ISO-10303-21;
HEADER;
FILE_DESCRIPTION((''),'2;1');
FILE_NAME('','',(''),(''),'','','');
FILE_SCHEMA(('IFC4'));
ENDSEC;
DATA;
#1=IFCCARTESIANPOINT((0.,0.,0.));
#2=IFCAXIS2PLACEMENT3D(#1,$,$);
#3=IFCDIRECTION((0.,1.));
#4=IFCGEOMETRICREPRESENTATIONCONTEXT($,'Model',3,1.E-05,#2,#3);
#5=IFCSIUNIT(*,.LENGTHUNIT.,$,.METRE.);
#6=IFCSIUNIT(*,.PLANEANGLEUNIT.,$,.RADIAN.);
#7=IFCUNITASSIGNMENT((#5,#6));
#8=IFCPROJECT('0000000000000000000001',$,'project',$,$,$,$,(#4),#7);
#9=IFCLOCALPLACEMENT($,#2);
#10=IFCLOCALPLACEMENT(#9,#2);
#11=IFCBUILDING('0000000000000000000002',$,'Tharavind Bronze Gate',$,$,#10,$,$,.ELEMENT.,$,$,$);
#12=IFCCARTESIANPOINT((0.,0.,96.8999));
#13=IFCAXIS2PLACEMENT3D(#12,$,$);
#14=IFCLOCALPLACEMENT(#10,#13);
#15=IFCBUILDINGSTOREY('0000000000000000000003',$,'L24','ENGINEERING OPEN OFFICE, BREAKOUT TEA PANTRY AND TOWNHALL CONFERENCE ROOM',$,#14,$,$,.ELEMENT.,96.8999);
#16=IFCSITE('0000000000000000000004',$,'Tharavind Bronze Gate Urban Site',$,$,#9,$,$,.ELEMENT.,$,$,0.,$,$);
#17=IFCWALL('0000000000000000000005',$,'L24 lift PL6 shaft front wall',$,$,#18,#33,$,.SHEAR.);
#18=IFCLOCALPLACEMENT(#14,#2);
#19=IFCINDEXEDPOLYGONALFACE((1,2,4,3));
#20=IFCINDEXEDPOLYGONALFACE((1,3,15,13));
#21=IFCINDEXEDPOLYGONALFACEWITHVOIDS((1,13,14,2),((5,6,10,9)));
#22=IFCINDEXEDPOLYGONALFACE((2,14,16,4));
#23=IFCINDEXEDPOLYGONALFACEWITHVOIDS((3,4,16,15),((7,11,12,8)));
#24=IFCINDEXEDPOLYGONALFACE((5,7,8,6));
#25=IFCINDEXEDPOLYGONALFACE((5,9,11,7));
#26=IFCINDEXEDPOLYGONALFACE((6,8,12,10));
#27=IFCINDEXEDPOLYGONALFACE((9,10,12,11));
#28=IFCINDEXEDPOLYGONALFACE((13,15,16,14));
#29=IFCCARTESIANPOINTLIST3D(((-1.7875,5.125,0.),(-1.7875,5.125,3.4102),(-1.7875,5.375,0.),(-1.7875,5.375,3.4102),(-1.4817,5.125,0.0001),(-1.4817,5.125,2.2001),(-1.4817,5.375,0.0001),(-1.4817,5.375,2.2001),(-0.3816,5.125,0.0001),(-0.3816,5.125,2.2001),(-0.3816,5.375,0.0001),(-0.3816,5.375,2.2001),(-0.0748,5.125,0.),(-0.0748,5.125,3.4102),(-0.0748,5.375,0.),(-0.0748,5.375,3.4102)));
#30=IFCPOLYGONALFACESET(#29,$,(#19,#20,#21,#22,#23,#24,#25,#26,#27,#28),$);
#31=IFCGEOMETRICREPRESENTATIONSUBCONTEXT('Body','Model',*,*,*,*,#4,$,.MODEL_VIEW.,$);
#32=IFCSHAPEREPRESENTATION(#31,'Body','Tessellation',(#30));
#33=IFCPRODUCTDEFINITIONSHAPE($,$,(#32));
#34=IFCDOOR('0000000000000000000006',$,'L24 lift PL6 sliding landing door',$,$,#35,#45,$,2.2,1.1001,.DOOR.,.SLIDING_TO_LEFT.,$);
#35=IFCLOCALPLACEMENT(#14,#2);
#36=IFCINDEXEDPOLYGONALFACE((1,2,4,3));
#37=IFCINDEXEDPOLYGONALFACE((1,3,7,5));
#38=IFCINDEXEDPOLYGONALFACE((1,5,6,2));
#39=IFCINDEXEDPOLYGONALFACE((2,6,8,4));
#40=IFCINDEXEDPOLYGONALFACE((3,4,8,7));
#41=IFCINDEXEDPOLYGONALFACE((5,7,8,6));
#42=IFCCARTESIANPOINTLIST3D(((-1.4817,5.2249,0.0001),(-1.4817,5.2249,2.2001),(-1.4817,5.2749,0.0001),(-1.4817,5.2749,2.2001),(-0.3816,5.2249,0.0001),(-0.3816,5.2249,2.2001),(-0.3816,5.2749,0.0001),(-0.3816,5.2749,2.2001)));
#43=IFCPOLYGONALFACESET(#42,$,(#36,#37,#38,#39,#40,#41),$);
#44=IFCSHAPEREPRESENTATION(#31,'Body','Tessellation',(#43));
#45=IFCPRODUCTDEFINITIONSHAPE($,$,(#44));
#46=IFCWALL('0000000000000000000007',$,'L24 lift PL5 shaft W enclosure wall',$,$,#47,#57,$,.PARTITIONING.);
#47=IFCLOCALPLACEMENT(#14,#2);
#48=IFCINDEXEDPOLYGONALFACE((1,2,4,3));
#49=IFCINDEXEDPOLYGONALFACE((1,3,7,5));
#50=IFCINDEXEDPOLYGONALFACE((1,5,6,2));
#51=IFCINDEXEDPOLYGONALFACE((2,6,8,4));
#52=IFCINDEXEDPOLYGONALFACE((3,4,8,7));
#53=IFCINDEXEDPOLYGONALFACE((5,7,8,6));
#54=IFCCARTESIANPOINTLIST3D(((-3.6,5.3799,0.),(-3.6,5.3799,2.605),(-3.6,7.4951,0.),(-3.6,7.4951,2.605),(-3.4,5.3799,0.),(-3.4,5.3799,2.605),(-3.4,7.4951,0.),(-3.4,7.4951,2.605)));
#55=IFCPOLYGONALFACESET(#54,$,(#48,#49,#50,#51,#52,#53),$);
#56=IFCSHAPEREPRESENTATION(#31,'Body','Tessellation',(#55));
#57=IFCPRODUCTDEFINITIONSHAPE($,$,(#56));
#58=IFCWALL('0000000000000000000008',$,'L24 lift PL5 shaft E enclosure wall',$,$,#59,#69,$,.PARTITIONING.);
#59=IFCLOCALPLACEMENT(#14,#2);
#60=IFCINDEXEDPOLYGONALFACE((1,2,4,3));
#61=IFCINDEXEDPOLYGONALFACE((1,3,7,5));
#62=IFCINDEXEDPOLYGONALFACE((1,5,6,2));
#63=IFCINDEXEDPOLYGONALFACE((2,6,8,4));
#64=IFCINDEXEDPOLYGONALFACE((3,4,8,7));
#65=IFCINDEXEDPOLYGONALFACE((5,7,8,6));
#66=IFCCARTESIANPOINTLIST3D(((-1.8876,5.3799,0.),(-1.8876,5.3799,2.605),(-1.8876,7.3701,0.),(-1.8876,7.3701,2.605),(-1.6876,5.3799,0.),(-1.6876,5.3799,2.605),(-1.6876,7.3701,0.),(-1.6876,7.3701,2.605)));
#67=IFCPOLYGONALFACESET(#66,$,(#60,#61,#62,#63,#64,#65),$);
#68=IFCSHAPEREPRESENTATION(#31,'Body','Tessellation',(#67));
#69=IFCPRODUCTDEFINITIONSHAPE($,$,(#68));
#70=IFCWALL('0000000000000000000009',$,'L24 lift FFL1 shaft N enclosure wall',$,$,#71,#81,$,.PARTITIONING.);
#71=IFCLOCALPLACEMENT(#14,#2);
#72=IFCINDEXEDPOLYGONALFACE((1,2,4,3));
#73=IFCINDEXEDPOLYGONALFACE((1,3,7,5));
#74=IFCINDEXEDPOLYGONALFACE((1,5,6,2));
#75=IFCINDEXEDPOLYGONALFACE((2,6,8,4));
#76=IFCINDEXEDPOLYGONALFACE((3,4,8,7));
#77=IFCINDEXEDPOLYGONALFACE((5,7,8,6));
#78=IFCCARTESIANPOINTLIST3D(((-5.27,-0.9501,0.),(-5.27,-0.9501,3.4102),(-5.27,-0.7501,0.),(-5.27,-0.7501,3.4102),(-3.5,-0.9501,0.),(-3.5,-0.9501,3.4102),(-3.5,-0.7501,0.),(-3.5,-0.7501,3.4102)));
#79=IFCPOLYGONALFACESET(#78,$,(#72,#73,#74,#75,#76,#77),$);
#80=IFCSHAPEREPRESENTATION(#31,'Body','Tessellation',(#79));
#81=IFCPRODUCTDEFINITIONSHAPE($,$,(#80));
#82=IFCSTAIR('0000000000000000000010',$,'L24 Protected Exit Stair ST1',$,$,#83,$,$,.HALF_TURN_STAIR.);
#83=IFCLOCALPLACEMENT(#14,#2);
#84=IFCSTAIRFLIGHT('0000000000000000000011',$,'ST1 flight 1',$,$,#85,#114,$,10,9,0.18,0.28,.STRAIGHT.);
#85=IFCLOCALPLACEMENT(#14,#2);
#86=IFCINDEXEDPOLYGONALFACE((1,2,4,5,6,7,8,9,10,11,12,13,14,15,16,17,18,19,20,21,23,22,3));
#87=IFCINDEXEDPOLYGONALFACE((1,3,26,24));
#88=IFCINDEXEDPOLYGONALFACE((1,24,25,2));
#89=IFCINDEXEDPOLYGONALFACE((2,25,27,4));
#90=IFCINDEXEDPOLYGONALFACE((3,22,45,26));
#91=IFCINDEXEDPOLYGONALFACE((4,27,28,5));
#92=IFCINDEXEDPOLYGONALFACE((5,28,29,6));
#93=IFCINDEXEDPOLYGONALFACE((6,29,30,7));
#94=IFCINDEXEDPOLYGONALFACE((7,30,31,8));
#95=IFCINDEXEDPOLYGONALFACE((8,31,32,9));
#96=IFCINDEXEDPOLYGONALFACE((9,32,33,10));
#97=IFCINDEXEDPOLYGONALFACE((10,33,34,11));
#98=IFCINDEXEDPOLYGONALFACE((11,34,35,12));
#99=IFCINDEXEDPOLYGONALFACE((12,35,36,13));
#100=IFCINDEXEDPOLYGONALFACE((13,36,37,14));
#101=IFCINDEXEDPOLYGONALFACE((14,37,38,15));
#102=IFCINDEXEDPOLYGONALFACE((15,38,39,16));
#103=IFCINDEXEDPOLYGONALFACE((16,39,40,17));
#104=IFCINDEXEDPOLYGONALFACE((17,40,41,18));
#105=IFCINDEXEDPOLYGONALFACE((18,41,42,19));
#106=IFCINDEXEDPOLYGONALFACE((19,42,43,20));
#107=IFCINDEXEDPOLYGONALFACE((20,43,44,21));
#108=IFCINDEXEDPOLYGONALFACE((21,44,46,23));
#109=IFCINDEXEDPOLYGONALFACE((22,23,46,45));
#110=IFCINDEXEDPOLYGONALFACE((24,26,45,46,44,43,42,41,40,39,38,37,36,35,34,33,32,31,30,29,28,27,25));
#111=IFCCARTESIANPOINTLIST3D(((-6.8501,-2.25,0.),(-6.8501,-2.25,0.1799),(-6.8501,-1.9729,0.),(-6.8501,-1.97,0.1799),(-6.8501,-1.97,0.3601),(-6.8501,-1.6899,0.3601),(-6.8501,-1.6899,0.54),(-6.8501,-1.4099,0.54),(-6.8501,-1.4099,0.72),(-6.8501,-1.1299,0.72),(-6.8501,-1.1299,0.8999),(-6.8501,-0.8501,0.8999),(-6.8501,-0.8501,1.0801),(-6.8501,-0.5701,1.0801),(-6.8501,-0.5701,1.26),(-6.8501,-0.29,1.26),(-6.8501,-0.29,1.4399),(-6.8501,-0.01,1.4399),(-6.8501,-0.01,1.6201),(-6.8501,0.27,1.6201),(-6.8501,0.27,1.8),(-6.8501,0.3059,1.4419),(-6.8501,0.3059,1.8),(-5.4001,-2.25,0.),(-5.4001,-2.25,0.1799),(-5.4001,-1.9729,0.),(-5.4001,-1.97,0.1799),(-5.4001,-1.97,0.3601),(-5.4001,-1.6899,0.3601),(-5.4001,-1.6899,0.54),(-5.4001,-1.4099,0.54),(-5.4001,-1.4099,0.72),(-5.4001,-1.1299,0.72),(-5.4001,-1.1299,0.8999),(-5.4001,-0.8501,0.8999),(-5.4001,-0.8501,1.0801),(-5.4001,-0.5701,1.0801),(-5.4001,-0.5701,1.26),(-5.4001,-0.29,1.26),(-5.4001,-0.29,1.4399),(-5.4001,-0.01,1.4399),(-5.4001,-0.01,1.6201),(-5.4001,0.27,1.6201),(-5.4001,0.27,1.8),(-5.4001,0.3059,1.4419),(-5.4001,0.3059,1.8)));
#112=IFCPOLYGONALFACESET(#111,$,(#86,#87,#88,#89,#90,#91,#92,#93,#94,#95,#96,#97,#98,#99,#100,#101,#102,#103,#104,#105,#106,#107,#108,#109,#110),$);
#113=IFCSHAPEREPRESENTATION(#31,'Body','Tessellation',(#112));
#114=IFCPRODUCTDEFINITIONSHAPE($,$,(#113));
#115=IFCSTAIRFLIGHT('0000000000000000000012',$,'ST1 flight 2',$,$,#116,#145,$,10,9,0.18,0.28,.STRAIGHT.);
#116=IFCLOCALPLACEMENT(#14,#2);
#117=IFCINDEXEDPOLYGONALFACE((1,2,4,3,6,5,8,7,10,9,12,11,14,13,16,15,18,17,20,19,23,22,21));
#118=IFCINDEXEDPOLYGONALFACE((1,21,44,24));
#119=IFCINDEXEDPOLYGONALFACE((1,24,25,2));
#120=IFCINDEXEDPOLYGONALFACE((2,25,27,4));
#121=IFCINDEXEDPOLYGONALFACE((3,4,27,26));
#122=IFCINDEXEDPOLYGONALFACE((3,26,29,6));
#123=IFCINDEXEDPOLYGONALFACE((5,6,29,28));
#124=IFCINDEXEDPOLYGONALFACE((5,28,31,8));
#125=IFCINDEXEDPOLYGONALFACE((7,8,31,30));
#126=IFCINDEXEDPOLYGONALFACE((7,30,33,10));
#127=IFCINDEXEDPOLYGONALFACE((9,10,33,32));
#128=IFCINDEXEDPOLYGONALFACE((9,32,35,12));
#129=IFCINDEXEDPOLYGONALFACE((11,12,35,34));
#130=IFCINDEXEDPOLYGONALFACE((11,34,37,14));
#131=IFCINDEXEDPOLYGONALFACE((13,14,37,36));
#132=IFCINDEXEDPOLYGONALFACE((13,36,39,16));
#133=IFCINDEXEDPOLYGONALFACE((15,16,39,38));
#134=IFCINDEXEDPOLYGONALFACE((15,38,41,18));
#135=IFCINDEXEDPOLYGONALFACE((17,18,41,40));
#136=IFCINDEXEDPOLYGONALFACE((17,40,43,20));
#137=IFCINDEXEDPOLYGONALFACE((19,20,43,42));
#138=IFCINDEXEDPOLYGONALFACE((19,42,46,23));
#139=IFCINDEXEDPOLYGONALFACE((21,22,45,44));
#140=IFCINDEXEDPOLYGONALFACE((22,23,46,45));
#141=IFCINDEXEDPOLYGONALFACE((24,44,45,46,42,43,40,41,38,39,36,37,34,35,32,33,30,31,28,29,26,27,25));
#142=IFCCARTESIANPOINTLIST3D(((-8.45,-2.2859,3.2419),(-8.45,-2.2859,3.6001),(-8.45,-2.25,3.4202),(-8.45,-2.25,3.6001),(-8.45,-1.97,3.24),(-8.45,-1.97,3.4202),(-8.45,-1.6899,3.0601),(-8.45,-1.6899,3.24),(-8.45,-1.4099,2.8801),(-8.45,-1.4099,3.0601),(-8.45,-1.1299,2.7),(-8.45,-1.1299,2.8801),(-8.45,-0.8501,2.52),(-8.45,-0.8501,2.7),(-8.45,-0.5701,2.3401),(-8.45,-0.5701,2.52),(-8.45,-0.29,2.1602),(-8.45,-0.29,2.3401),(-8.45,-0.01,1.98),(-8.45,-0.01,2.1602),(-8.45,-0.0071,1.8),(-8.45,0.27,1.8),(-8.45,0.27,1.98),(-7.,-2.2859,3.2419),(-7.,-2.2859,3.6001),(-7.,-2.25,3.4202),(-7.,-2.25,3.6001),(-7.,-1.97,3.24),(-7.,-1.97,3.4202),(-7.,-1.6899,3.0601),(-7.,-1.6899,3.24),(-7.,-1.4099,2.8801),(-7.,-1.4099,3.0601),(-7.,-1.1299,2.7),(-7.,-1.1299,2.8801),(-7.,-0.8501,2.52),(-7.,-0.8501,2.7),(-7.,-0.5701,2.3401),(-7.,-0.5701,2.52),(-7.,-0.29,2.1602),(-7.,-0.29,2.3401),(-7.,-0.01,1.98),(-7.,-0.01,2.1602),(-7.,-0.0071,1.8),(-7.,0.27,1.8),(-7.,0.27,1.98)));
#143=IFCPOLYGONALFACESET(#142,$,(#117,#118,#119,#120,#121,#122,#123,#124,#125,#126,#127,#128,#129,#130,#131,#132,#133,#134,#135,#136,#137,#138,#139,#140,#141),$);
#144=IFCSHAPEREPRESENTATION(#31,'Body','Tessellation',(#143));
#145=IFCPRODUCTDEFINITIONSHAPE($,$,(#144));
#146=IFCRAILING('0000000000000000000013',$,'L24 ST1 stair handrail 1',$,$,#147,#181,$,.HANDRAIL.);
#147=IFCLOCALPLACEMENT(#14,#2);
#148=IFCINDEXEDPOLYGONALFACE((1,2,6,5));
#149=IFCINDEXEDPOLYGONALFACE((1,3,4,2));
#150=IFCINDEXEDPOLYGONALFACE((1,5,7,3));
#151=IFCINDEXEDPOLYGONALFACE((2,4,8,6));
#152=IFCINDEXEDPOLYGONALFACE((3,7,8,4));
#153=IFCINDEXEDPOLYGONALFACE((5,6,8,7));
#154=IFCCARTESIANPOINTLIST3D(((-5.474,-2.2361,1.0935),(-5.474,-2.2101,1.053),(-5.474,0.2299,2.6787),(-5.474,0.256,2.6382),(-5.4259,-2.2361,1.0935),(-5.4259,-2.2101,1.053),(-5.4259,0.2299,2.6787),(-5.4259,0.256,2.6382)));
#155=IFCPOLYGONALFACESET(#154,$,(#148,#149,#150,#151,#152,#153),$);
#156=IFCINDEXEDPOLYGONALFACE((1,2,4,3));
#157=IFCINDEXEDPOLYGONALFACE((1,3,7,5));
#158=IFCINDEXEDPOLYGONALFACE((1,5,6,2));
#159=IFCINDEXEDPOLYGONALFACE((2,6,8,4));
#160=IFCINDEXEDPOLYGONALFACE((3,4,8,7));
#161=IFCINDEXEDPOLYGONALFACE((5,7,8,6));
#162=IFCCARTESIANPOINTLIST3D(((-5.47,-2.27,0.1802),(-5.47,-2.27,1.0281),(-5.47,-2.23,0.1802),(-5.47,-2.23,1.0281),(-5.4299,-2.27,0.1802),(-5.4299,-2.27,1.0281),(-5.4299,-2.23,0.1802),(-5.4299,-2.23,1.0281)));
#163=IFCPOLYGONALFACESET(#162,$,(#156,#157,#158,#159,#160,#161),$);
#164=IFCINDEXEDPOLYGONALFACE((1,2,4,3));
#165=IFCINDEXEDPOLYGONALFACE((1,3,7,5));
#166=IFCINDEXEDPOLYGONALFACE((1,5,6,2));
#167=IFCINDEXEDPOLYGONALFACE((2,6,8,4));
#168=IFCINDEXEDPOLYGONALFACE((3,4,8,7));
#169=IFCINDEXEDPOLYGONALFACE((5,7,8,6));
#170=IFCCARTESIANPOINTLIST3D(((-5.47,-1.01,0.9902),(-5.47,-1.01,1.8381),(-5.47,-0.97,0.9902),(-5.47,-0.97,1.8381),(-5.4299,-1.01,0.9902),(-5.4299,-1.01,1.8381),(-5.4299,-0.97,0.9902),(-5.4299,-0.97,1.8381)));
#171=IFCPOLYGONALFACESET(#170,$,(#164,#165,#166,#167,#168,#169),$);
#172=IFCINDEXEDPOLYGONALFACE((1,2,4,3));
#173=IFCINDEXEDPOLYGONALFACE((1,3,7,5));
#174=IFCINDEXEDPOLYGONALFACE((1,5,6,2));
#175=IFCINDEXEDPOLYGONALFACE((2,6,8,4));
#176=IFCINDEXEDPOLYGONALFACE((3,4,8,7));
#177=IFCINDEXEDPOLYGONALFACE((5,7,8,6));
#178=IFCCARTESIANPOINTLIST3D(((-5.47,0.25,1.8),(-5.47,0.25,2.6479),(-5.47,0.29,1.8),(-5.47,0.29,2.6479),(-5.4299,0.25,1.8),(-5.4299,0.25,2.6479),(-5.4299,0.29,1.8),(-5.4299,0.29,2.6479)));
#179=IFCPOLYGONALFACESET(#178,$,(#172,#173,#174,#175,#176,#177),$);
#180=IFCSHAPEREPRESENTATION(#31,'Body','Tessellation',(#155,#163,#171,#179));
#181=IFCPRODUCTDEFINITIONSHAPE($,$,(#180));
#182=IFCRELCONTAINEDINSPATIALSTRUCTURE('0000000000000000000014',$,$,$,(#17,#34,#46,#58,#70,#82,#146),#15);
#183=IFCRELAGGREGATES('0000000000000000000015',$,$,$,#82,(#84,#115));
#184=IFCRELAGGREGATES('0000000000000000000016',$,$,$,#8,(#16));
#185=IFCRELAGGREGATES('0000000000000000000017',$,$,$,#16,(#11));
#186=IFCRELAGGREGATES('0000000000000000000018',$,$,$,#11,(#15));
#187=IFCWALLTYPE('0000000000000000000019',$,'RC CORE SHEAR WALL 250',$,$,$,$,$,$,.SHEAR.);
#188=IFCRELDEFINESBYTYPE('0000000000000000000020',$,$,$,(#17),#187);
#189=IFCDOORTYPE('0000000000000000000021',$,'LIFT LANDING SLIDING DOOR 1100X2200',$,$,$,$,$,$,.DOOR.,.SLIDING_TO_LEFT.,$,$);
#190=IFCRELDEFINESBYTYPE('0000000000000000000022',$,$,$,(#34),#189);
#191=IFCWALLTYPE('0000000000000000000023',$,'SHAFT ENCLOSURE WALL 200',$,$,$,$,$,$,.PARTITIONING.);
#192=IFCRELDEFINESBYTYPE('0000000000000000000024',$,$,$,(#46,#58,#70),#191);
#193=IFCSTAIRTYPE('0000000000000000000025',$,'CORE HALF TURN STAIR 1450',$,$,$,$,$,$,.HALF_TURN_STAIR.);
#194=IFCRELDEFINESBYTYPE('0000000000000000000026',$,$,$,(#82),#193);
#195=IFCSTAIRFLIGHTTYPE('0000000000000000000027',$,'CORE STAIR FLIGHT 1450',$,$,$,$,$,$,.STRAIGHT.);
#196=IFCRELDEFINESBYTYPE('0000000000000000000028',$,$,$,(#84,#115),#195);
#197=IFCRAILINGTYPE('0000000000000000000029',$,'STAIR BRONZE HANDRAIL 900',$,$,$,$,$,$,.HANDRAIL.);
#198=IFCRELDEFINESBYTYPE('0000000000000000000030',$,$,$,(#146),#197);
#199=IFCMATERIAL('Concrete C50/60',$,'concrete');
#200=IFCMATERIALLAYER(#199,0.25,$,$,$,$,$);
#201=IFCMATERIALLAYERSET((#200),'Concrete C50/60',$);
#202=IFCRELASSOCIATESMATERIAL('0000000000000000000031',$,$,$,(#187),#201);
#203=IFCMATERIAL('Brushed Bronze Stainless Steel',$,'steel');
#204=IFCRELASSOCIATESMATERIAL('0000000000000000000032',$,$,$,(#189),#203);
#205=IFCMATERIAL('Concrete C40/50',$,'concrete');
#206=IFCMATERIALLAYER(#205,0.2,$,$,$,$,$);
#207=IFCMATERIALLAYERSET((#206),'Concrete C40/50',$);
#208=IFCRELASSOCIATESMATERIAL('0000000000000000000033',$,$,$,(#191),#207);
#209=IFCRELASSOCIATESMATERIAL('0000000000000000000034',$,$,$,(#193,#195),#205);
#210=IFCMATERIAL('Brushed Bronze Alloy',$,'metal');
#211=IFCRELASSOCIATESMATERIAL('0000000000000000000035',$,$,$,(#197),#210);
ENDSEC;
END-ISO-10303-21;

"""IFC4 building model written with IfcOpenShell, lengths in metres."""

from ifc_helpers import new_model, si_unit, direction, frame, frame_2d, origin, origin_2d, place, context, subcontext, project, spatial, polyline, rectangle, outline, extrude, material, layer, layer_set, type_object, element, fill, aggregate, save


model = new_model("IFC4")

# Units and contexts
model_context = context("Model", 3, precision=1e-05, world=origin(), true_north=direction((0.0, 1.0)))
body_context = subcontext(model_context, "Body", "Model", "MODEL_VIEW")
ifc_project = project(units=[si_unit("LENGTHUNIT", "METRE"), si_unit("PLANEANGLEUNIT", "RADIAN")], contexts=[model_context])

# Site, building, storey
site_placement = place(None, origin())
site = spatial("IfcSite", under=ifc_project, at=site_placement, Name="Tharavind Bronze Gate Urban Site", CompositionType="ELEMENT", RefElevation=0.0)
building_placement = place(site_placement, origin())
building = spatial("IfcBuilding", under=site, at=building_placement, Name="Tharavind Bronze Gate", CompositionType="ELEMENT")
storey_placement = place(building_placement, frame((0.0, 0.0, 96.8999)))
storey = spatial("IfcBuildingStorey", under=building, at=storey_placement, Name="L24", Description="ENGINEERING OPEN OFFICE, BREAKOUT TEA PANTRY AND TOWNHALL CONFERENCE ROOM", CompositionType="ELEMENT", Elevation=96.8999)

# Shared definitions
ifc_material_1 = material(Name="Concrete C50/60", Category="concrete")
ifc_layer_1 = layer(ifc_material_1, 0.25)
ifc_layer_set_1 = layer_set([ifc_layer_1], Name="Concrete C50/60")
wall_type_1 = type_object("IfcWallType", Name="RC CORE SHEAR WALL 250", PredefinedType="SHEAR", material=ifc_layer_set_1)

# Wall, opening, door
ifc_material_2 = material(Name="Brushed Bronze Stainless Steel", Category="steel")
door_type_1 = type_object("IfcDoorType", Name="LIFT LANDING SLIDING DOOR 1100X2200", OperationType="SLIDING_TO_LEFT", PredefinedType="DOOR", material=ifc_material_2)
wall_1_placement = place(storey_placement, frame((-1.7876, 5.25, 0.0), z_axis=(0.0, 0.0, 1.0), x_axis=(1.0, 0.0, 0.0)))
wall_1 = element("IfcWall", 1, at=wall_1_placement, inside=storey, type_object=wall_type_1, Name="L24 lift PL6 shaft front wall", PredefinedType="SHEAR", context=body_context, shape_type="SweptSolid", body=[
    extrude(rectangle(XDim=1.7126, YDim=0.25, at=frame_2d((0.8564, 0.0))), origin(), (0.0, 0.0, 1.0), 3.4102),
])
opening_1_placement = place(wall_1_placement, frame((0.3059, 0.0, 0.0)))
opening_1 = element("IfcOpeningElement", 2, at=opening_1_placement, cuts=wall_1, PredefinedType="OPENING", context=body_context, shape_type="SweptSolid", body=[
    extrude(rectangle(XDim=1.1001, YDim=2.2, at=frame_2d((0.55, 1.1001))), frame((0.0, 0.135, 0.0), z_axis=(0.0, -1.0, 0.0), x_axis=(1.0, 0.0, 0.0)), (0.0, 0.0, 1.0), 0.27),
])
door_1_placement = place(opening_1_placement, origin())
door_1 = element("IfcDoor", 3, at=door_1_placement, inside=storey, type_object=door_type_1, Name="L24 lift PL6 sliding landing door", OperationType="SLIDING_TO_LEFT", OverallHeight=2.2, OverallWidth=1.1001, PredefinedType="DOOR", context=body_context, shape_type="SweptSolid", body=[
    extrude(rectangle(XDim=1.1001, YDim=2.2, at=frame_2d((0.55, 1.1001))), frame((0.0, 0.0249, 0.0), z_axis=(0.0, -1.0, 0.0), x_axis=(1.0, 0.0, 0.0)), (0.0, 0.0, 1.0), 0.05),
])
fill(opening_1, door_1)

# Walls
ifc_material_3 = material(Name="Concrete C40/50", Category="concrete")
ifc_layer_2 = layer(ifc_material_3, 0.2)
ifc_layer_set_2 = layer_set([ifc_layer_2], Name="Concrete C40/50")
wall_type_2 = type_object("IfcWallType", Name="SHAFT ENCLOSURE WALL 200", PredefinedType="PARTITIONING", material=ifc_layer_set_2)
wall_2_placement = place(storey_placement, frame((-3.5, 5.3799, 0.0), z_axis=(0.0, 0.0, 1.0), x_axis=(0.0, 1.0, 0.0)))
element("IfcWall", 4, at=wall_2_placement, inside=storey, type_object=wall_type_2, Name="L24 lift PL5 shaft W enclosure wall", PredefinedType="PARTITIONING", context=body_context, shape_type="SweptSolid", body=[
    extrude(rectangle(XDim=2.1152, YDim=0.2, at=frame_2d((1.0576, 0.0))), origin(), (0.0, 0.0, 1.0), 2.605),
])
wall_3_placement = place(storey_placement, frame((-1.7876, 5.3799, 0.0), z_axis=(0.0, 0.0, 1.0), x_axis=(0.0, 1.0, 0.0)))
element("IfcWall", 5, at=wall_3_placement, inside=storey, type_object=wall_type_2, Name="L24 lift PL5 shaft E enclosure wall", PredefinedType="PARTITIONING", context=body_context, shape_type="SweptSolid", body=[
    extrude(rectangle(XDim=1.9902, YDim=0.2, at=frame_2d((0.9951, 0.0))), origin(), (0.0, 0.0, 1.0), 2.605),
])
wall_4_placement = place(storey_placement, frame((-5.27, -0.8501, 0.0), z_axis=(0.0, 0.0, 1.0), x_axis=(1.0, 0.0, 0.0)))
element("IfcWall", 6, at=wall_4_placement, inside=storey, type_object=wall_type_2, Name="L24 lift FFL1 shaft N enclosure wall", PredefinedType="PARTITIONING", context=body_context, shape_type="SweptSolid", body=[
    extrude(rectangle(XDim=1.77, YDim=0.2, at=frame_2d((0.885, 0.0))), origin(), (0.0, 0.0, 1.0), 3.4102),
])

# Stair, stair flights
stair_type = type_object("IfcStairType", Name="CORE HALF TURN STAIR 1450", PredefinedType="HALF_TURN_STAIR", material=ifc_material_3)
stair_placement = place(storey_placement, origin())
stair = element("IfcStair", 7, at=stair_placement, inside=storey, type_object=stair_type, Name="L24 Protected Exit Stair ST1", PredefinedType="HALF_TURN_STAIR")
stair_flight_type = type_object("IfcStairFlightType", Name="CORE STAIR FLIGHT 1450", PredefinedType="STRAIGHT", material=ifc_material_3)
stair_flight_1_placement = place(storey_placement, frame((-6.125, -2.25, 0.0), z_axis=(0.0, 0.0, 1.0), x_axis=(0.0, 1.0, 0.0)))
stair_flight_1 = element("IfcStairFlight", 8, at=stair_flight_1_placement, type_object=stair_flight_type, Name="ST1 flight 1", NumberOfRisers=10, NumberOfTreads=9, PredefinedType="STRAIGHT", RiserHeight=0.18, TreadLength=0.28, context=body_context, shape_type="SweptSolid", body=[
    extrude(outline(polyline([(0.0, 0.0), (0.0, 0.1799), (0.28, 0.1799), (0.28, 0.3601), (0.5601, 0.3601), (0.5601, 0.54), (0.8401, 0.54), (0.8401, 0.72), (1.1201, 0.72), (1.1201, 0.8999), (1.3999, 0.8999), (1.3999, 1.0801), (1.6799, 1.0801), (1.6799, 1.26), (1.96, 1.26), (1.96, 1.4399), (2.24, 1.4399), (2.24, 1.6201), (2.52, 1.6201), (2.52, 1.8), (2.5559, 1.8), (2.5559, 1.4419), (0.2771, 0.0), (0.0, 0.0)])), frame((0.0, 0.7251, 0.0), z_axis=(0.0, -1.0, 0.0), x_axis=(1.0, 0.0, 0.0)), (0.0, 0.0, 1.0), 1.45),
])
stair_flight_2_placement = place(storey_placement, frame((-7.7251, 0.27, 1.8), z_axis=(0.0, 0.0, 1.0), x_axis=(0.0, -1.0, 0.0)))
stair_flight_2 = element("IfcStairFlight", 9, at=stair_flight_2_placement, type_object=stair_flight_type, Name="ST1 flight 2", NumberOfRisers=10, NumberOfTreads=9, PredefinedType="STRAIGHT", RiserHeight=0.18, TreadLength=0.28, context=body_context, shape_type="SweptSolid", body=[
    extrude(outline(polyline([(0.0, 0.0), (0.0, 0.1799), (0.28, 0.1799), (0.28, 0.3601), (0.5601, 0.3601), (0.5601, 0.54), (0.8401, 0.54), (0.8401, 0.72), (1.1201, 0.72), (1.1201, 0.8999), (1.3999, 0.8999), (1.3999, 1.0801), (1.6799, 1.0801), (1.6799, 1.26), (1.96, 1.26), (1.96, 1.4399), (2.24, 1.4399), (2.24, 1.6201), (2.52, 1.6201), (2.52, 1.8), (2.5559, 1.8), (2.5559, 1.4419), (0.2771, 0.0), (0.0, 0.0)])), frame((0.0, 0.7251, 0.0), z_axis=(0.0, -1.0, 0.0), x_axis=(1.0, 0.0, 0.0)), (0.0, 0.0, 1.0), 1.45),
])
aggregate(stair, [stair_flight_1, stair_flight_2])

# Railing
ifc_material_4 = material(Name="Brushed Bronze Alloy", Category="metal")
railing_type_1 = type_object("IfcRailingType", Name="STAIR BRONZE HANDRAIL 900", PredefinedType="HANDRAIL", material=ifc_material_4)
railing_1_placement = place(storey_placement, frame((-5.45, -2.25, 0.1802)))
element("IfcRailing", 10, at=railing_1_placement, inside=storey, type_object=railing_type_1, Name="L24 ST1 stair handrail 1", PredefinedType="HANDRAIL", context=body_context, shape_type="SweptSolid", body=[
    extrude(rectangle(XDim=0.0481, YDim=0.0481, at=origin_2d()), frame((0.0, 0.0269, 0.8931), z_axis=(0.0, 0.8412, 0.540725), x_axis=(-1.0, 0.0, 0.0)), (0.0, 0.0, 1.0), 2.9316),
    extrude(rectangle(XDim=0.04, YDim=0.04, at=origin_2d()), origin(), (0.0, 0.0, 1.0), 0.8479),
    extrude(rectangle(XDim=0.04, YDim=0.04, at=origin_2d()), frame((0.0, 1.26, 0.8101)), (0.0, 0.0, 1.0), 0.8479),
    extrude(rectangle(XDim=0.04, YDim=0.04, at=origin_2d()), frame((0.0, 2.52, 1.6199)), (0.0, 0.0, 1.0), 0.8479),
])

save(model, "model.ifc")
